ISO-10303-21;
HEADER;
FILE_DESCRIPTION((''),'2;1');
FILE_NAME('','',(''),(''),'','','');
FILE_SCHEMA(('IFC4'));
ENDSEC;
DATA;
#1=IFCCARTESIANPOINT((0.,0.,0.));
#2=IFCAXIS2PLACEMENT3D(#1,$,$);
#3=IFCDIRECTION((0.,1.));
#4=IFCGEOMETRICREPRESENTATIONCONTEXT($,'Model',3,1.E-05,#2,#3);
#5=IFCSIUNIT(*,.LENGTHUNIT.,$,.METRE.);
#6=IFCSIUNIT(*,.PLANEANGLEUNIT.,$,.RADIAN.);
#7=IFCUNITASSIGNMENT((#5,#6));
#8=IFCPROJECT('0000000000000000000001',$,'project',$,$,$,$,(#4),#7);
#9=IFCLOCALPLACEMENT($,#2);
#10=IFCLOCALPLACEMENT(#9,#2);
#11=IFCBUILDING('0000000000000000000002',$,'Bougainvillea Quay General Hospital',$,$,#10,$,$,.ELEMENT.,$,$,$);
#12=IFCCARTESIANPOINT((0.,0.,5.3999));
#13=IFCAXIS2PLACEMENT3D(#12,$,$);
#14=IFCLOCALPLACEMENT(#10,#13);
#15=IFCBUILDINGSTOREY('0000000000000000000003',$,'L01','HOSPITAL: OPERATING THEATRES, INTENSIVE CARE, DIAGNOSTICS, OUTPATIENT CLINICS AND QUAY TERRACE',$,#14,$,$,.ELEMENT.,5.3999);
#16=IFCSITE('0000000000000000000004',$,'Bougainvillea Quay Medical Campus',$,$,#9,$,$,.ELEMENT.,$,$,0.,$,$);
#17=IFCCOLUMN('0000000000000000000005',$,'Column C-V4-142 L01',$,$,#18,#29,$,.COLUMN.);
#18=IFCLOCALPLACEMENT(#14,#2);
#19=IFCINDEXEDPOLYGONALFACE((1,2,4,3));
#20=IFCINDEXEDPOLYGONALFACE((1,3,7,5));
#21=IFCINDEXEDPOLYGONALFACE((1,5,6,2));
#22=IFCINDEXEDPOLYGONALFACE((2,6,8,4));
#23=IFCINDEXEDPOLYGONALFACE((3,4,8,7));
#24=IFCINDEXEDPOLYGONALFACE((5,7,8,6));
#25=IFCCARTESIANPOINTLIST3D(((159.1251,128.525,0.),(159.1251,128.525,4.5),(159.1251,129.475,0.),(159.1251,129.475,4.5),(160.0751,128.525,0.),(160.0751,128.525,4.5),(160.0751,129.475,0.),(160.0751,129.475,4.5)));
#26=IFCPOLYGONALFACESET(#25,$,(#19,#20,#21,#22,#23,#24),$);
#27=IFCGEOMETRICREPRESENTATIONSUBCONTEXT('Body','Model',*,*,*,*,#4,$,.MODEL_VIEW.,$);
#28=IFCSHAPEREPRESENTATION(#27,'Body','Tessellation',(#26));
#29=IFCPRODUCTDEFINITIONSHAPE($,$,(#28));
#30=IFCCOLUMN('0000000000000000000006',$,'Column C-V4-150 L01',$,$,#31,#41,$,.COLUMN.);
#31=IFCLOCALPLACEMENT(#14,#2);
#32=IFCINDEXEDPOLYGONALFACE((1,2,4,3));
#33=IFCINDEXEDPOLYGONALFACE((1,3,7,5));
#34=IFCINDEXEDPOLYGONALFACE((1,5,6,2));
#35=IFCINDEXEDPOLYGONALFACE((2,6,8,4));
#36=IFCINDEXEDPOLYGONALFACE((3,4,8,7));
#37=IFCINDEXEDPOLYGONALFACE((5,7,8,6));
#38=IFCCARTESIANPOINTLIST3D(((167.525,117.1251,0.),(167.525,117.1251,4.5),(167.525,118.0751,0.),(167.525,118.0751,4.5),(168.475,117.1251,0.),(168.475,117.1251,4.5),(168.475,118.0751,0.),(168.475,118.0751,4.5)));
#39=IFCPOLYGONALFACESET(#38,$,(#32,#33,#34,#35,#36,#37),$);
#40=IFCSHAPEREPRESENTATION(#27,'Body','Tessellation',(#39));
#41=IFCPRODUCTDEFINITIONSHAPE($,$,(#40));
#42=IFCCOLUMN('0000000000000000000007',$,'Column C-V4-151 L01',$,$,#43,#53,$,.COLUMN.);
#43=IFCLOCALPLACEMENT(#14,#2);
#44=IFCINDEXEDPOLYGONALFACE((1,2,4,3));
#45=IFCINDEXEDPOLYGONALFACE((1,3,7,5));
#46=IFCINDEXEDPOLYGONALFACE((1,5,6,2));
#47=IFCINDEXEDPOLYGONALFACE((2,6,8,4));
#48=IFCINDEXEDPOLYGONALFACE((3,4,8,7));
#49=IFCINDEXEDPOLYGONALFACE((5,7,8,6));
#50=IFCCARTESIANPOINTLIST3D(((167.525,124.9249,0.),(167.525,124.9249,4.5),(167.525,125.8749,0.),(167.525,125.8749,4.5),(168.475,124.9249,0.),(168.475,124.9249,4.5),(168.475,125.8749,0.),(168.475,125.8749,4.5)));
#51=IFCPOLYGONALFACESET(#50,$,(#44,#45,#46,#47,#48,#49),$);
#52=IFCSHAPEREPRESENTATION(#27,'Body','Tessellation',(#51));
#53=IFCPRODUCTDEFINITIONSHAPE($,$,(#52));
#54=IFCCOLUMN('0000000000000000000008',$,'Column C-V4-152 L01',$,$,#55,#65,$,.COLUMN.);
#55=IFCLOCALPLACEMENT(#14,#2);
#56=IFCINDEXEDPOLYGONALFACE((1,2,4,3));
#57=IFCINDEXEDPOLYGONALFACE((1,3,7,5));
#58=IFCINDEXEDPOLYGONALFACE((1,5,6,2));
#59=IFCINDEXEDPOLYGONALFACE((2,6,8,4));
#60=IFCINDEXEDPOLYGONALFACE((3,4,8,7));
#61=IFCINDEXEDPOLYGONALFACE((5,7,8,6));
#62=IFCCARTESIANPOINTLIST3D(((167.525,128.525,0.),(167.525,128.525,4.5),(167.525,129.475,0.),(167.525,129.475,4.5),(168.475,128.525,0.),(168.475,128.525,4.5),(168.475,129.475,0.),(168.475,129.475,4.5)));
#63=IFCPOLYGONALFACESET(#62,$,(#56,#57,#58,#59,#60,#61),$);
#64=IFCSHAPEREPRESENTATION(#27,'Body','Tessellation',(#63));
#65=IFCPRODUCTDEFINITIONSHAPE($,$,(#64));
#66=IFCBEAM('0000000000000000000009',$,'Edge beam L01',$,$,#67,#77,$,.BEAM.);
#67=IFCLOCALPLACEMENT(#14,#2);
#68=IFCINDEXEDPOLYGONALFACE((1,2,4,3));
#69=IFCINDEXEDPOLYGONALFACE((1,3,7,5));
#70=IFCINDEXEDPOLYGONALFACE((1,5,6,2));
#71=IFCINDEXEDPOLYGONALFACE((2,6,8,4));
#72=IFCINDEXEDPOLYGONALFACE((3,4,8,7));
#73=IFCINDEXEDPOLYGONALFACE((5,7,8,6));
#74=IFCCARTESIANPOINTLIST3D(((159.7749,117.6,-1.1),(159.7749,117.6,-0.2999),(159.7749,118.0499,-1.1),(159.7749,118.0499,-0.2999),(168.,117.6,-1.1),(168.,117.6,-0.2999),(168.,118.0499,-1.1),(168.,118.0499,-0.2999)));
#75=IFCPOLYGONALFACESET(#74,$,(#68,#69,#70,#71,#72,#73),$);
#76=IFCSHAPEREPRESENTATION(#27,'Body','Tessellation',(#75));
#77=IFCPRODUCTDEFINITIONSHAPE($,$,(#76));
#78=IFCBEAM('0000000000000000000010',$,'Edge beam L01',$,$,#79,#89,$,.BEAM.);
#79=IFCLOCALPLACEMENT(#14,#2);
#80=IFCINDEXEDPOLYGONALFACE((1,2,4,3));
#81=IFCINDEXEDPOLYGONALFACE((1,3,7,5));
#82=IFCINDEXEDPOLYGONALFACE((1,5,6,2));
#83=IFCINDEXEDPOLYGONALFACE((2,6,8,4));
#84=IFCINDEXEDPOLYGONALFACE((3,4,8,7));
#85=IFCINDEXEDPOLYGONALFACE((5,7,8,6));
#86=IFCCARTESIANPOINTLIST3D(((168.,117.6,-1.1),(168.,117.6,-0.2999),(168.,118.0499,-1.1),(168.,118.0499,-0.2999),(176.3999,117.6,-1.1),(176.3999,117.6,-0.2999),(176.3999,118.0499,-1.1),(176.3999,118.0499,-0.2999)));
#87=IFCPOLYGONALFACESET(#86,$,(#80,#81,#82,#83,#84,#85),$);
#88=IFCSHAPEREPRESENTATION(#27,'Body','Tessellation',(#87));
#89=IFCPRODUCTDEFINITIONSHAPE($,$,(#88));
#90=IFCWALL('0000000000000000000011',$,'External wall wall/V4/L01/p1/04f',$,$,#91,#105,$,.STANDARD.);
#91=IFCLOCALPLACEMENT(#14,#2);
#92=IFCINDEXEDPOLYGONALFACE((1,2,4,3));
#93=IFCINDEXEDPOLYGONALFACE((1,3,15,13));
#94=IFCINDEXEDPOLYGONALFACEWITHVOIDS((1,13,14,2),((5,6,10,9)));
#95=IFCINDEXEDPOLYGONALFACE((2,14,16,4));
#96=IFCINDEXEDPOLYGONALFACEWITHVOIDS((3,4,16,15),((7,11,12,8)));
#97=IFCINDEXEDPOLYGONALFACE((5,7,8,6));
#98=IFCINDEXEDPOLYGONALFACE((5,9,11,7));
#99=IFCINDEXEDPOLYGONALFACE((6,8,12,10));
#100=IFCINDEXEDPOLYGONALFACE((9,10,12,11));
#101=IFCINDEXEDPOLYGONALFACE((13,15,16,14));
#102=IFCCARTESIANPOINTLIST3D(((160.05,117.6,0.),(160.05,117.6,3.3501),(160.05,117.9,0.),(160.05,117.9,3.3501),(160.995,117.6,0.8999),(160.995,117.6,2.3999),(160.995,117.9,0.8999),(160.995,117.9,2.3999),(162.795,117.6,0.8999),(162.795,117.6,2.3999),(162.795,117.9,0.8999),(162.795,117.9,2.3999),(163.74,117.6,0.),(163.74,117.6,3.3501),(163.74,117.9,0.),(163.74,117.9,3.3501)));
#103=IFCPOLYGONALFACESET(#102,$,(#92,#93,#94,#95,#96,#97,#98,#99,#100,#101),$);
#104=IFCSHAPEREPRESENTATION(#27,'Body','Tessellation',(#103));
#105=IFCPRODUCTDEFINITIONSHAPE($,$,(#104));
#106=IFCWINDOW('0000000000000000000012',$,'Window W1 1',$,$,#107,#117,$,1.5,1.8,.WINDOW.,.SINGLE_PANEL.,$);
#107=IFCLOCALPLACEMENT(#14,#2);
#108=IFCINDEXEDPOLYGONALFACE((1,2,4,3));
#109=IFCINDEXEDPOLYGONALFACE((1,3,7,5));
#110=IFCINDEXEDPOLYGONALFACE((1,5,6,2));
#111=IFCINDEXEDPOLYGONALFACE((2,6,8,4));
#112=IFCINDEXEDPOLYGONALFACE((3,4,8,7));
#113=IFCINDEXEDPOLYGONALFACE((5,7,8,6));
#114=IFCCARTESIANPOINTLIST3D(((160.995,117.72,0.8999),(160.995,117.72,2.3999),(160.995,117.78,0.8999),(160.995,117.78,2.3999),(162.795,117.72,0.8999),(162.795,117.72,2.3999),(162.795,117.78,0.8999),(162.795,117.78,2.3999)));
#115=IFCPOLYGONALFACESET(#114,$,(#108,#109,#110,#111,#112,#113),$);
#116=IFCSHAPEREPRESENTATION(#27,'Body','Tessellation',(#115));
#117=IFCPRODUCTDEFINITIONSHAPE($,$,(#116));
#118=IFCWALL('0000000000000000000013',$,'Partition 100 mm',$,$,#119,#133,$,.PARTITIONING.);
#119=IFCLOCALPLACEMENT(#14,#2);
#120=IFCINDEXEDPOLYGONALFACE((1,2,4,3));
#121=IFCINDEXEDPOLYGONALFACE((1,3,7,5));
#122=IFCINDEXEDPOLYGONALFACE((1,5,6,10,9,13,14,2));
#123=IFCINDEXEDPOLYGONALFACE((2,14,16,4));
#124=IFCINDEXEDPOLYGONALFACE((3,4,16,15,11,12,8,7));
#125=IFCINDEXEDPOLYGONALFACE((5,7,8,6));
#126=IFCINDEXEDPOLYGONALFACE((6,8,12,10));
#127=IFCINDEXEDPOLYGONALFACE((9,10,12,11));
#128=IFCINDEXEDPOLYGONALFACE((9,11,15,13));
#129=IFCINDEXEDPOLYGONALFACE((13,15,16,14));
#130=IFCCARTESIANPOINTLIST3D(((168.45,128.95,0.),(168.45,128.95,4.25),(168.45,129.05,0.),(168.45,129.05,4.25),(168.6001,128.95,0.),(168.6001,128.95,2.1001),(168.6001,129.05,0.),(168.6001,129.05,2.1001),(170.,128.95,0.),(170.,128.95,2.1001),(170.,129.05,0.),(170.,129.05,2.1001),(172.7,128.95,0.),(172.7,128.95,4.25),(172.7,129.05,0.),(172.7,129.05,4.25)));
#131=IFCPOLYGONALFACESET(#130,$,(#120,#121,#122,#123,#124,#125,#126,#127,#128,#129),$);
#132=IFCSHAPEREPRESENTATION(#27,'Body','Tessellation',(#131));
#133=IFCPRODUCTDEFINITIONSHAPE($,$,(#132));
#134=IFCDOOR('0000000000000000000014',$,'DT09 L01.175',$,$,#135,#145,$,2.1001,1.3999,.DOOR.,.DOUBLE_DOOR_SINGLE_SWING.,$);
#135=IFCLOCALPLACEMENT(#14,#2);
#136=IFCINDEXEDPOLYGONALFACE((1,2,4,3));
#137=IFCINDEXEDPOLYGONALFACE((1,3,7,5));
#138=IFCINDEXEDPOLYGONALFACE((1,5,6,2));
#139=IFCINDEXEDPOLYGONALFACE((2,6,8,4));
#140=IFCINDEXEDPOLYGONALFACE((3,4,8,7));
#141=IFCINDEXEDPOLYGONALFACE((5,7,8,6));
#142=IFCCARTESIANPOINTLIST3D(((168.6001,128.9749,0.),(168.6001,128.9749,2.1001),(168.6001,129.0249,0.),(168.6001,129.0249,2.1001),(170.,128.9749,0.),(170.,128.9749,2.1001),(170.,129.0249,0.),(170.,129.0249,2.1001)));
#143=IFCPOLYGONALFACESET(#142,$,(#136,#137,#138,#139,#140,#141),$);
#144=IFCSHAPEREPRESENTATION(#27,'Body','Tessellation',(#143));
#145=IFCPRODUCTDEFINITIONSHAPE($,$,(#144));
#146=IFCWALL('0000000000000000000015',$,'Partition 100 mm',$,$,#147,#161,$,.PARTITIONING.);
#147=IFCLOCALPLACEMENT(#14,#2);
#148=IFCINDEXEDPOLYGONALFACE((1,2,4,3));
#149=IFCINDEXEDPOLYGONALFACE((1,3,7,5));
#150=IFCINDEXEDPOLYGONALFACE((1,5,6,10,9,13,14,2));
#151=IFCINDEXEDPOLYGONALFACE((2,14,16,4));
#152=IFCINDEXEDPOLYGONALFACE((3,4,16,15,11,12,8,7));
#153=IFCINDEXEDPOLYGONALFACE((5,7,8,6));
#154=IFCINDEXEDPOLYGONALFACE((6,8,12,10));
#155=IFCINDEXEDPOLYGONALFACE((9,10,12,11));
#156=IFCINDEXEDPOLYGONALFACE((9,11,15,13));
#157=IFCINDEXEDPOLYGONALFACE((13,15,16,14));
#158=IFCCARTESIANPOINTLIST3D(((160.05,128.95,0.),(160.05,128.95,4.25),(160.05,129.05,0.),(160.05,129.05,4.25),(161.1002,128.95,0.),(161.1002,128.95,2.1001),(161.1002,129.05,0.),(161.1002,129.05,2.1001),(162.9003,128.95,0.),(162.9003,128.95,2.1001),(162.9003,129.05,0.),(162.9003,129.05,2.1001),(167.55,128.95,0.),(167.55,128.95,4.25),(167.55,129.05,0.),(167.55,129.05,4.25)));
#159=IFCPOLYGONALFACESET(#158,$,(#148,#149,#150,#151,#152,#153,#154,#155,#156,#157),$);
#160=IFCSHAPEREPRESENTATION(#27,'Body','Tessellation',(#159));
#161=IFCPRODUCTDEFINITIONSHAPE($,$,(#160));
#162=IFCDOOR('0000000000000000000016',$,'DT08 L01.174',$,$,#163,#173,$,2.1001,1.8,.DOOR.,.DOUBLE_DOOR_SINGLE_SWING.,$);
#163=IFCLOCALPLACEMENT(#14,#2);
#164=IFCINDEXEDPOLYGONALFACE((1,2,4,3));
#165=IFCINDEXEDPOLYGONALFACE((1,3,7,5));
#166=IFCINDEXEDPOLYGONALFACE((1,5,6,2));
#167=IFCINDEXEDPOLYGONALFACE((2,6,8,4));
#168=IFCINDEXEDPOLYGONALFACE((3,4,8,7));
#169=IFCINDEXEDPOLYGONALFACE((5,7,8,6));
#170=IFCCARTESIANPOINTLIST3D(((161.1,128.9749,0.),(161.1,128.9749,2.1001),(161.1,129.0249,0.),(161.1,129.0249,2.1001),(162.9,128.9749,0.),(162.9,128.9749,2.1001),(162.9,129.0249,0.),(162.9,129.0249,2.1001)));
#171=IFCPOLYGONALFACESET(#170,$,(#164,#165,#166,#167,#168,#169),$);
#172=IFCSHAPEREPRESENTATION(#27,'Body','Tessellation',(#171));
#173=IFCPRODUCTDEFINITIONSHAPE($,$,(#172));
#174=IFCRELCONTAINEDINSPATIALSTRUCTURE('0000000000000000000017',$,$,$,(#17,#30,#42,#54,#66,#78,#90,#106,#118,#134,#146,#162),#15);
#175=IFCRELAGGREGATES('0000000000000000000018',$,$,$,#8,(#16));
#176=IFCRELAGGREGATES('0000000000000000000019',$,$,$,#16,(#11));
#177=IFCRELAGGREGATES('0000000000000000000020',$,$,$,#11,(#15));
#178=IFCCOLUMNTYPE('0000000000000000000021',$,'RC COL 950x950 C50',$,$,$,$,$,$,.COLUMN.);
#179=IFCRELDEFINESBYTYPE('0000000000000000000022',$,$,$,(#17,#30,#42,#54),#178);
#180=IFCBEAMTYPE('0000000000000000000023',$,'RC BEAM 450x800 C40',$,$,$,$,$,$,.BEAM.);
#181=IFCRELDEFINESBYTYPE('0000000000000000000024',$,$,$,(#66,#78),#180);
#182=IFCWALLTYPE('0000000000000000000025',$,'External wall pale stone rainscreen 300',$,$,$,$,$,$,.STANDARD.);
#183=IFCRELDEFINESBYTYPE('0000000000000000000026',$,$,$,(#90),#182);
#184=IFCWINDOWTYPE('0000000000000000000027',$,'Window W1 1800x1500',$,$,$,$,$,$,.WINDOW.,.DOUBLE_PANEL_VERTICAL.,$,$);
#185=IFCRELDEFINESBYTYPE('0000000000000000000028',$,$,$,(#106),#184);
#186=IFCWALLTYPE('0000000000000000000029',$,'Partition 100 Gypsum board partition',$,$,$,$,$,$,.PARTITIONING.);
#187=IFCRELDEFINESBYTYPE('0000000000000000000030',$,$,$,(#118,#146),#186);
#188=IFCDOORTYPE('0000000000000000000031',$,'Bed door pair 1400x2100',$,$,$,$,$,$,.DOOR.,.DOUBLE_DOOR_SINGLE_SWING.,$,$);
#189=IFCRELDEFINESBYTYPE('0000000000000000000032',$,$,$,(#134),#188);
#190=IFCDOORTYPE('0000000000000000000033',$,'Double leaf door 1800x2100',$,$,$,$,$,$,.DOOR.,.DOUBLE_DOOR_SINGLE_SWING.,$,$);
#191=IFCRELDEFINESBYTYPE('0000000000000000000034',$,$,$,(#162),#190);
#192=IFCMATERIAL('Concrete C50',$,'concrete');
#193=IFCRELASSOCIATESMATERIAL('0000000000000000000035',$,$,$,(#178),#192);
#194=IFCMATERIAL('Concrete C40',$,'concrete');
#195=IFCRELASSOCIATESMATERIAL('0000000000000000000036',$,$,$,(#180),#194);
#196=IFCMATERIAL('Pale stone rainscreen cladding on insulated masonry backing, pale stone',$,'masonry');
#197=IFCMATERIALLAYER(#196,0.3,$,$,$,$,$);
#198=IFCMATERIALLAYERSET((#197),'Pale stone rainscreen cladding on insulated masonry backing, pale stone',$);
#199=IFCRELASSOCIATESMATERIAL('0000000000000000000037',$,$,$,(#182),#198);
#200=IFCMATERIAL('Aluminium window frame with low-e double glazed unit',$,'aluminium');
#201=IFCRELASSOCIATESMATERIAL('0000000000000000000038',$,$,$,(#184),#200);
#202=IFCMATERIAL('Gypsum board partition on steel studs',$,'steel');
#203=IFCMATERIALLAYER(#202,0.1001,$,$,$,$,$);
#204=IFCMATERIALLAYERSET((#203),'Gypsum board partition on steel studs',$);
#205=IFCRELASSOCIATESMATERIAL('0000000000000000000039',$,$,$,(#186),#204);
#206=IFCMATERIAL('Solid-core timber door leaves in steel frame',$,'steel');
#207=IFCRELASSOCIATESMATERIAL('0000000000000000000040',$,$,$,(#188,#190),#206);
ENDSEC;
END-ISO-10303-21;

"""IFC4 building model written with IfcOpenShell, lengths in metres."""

from ifc_helpers import new_model, si_unit, direction, frame, frame_2d, origin, origin_2d, place, context, subcontext, project, spatial, rectangle, extrude, material, layer, layer_set, material_profile, profile_set, type_object, element, fill, save


model = new_model("IFC4")

# Units and contexts
model_context = context("Model", 3, precision=1e-05, world=origin(), true_north=direction((0.0, 1.0)))
body_context = subcontext(model_context, "Body", "Model", "MODEL_VIEW")
ifc_project = project(units=[si_unit("LENGTHUNIT", "METRE"), si_unit("PLANEANGLEUNIT", "RADIAN")], contexts=[model_context])

# Site, building, storey
site_placement = place(None, origin())
site = spatial("IfcSite", under=ifc_project, at=site_placement, Name="Bougainvillea Quay Medical Campus", CompositionType="ELEMENT", RefElevation=0.0)
building_placement = place(site_placement, origin())
building = spatial("IfcBuilding", under=site, at=building_placement, Name="Bougainvillea Quay General Hospital", CompositionType="ELEMENT")
storey_placement = place(building_placement, frame((0.0, 0.0, 5.3999)))
storey = spatial("IfcBuildingStorey", under=building, at=storey_placement, Name="L01", Description="HOSPITAL: OPERATING THEATRES, INTENSIVE CARE, DIAGNOSTICS, OUTPATIENT CLINICS AND QUAY TERRACE", CompositionType="ELEMENT", Elevation=5.3999)

# Columns
ifc_material_1 = material(Name="Concrete C50", Category="concrete")
ifc_material_profile_1 = material_profile(ifc_material_1, rectangle(XDim=0.95, YDim=0.95, at=origin_2d()))
ifc_profile_set_1 = profile_set([ifc_material_profile_1], Name="Concrete C50")
column_type = type_object("IfcColumnType", Name="RC COL 950x950 C50", PredefinedType="COLUMN", material=ifc_profile_set_1)
for number, where, z_axis, x_axis, name in (
    (1, (159.6001, 129.0, 0.0), (0.0, 0.0, 1.0), (1.0, 0.0, 0.0), "Column C-V4-142 L01"),
    (2, (168.0, 117.6001, 0.0), (0.0, 0.0, 1.0), (1.0, 0.0, 0.0), "Column C-V4-150 L01"),
    (3, (168.0, 125.3999, 0.0), (0.0, 0.0, 1.0), (1.0, 0.0, 0.0), "Column C-V4-151 L01"),
    (4, (168.0, 129.0, 0.0), (0.0, 0.0, 1.0), (1.0, 0.0, 0.0), "Column C-V4-152 L01"),
):
    element("IfcColumn", number, at=place(storey_placement, frame(where, z_axis=z_axis, x_axis=x_axis)), inside=storey, type_object=column_type, Name=name, PredefinedType="COLUMN", context=body_context, shape_type="SweptSolid", body=[
        extrude(rectangle(XDim=0.95, YDim=0.95, at=origin_2d()), origin(), (0.0, 0.0, 1.0), 4.5),
    ])

# Beams
ifc_material_2 = material(Name="Concrete C40", Category="concrete")
ifc_material_profile_2 = material_profile(ifc_material_2, rectangle(XDim=0.45, YDim=0.8, at=origin_2d()))
ifc_profile_set_2 = profile_set([ifc_material_profile_2], Name="Concrete C40")
beam_type = type_object("IfcBeamType", Name="RC BEAM 450x800 C40", PredefinedType="BEAM", material=ifc_profile_set_2)
beam_1_placement = place(storey_placement, frame((159.7749, 117.825, -0.7), z_axis=(1.0, 0.0, 0.0), x_axis=(0.0, 1.0, 0.0)))
element("IfcBeam", 5, at=beam_1_placement, inside=storey, type_object=beam_type, Name="Edge beam L01", PredefinedType="BEAM", context=body_context, shape_type="SweptSolid", body=[
    extrude(rectangle(XDim=0.45, YDim=0.8, at=origin_2d()), origin(), (0.0, 0.0, 1.0), 8.2251),
])
beam_2_placement = place(storey_placement, frame((168.0, 117.825, -0.7), z_axis=(1.0, 0.0, 0.0), x_axis=(0.0, 1.0, 0.0)))
element("IfcBeam", 6, at=beam_2_placement, inside=storey, type_object=beam_type, Name="Edge beam L01", PredefinedType="BEAM", context=body_context, shape_type="SweptSolid", body=[
    extrude(rectangle(XDim=0.45, YDim=0.8, at=origin_2d()), origin(), (0.0, 0.0, 1.0), 8.3999),
])

# Wall, opening, window
ifc_material_3 = material(Name="Pale stone rainscreen cladding on insulated masonry backing, pale stone", Category="masonry")
ifc_layer_1 = layer(ifc_material_3, 0.3)
ifc_layer_set_1 = layer_set([ifc_layer_1], Name="Pale stone rainscreen cladding on insulated masonry backing, pale stone")
wall_type_1 = type_object("IfcWallType", Name="External wall pale stone rainscreen 300", PredefinedType="STANDARD", material=ifc_layer_set_1)
wall_1_placement = place(storey_placement, frame((160.05, 117.75, 0.0), z_axis=(0.0, 0.0, 1.0), x_axis=(1.0, 0.0, 0.0)))
wall_1 = element("IfcWall", 7, at=wall_1_placement, inside=storey, type_object=wall_type_1, Name="External wall wall/V4/L01/p1/04f", PredefinedType="STANDARD", context=body_context, shape_type="SweptSolid", body=[
    extrude(rectangle(XDim=3.6899, YDim=0.3, at=frame_2d((1.845, 0.0))), origin(), (0.0, 0.0, 1.0), 3.3501),
])
opening_1_placement = place(wall_1_placement, frame((0.9451, 0.0, 0.8999)))
opening_1 = element("IfcOpeningElement", 8, at=opening_1_placement, cuts=wall_1, PredefinedType="OPENING", context=body_context, shape_type="SweptSolid", body=[
    extrude(rectangle(XDim=1.8, YDim=1.5, at=frame_2d((0.8999, 0.75))), frame((0.0, 0.1599, 0.0), z_axis=(0.0, -1.0, 0.0), x_axis=(1.0, 0.0, 0.0)), (0.0, 0.0, 1.0), 0.3201),
])
ifc_material_4 = material(Name="Aluminium window frame with low-e double glazed unit", Category="aluminium")
window_type = type_object("IfcWindowType", Name="Window W1 1800x1500", PartitioningType="DOUBLE_PANEL_VERTICAL", PredefinedType="WINDOW", material=ifc_material_4)
window_placement = place(opening_1_placement, origin())
window = element("IfcWindow", 9, at=window_placement, inside=storey, type_object=window_type, Name="Window W1 1", OverallHeight=1.5, OverallWidth=1.8, PartitioningType="SINGLE_PANEL", PredefinedType="WINDOW", context=body_context, shape_type="SweptSolid", body=[
    extrude(rectangle(XDim=1.8, YDim=1.5, at=frame_2d((0.8999, 0.75))), frame((0.0, 0.03, 0.0), z_axis=(0.0, -1.0, 0.0), x_axis=(1.0, 0.0, 0.0)), (0.0, 0.0, 1.0), 0.0601),
])
fill(opening_1, window)

# Walls, openings, doors
ifc_material_5 = material(Name="Gypsum board partition on steel studs", Category="steel")
ifc_layer_2 = layer(ifc_material_5, 0.1001)
ifc_layer_set_2 = layer_set([ifc_layer_2], Name="Gypsum board partition on steel studs")
wall_type_2 = type_object("IfcWallType", Name="Partition 100 Gypsum board partition", PredefinedType="PARTITIONING", material=ifc_layer_set_2)
wall_2_placement = place(storey_placement, frame((172.7, 129.0, 0.0), z_axis=(0.0, 0.0, 1.0), x_axis=(-1.0, 0.0, 0.0)))
wall_2 = element("IfcWall", 10, at=wall_2_placement, inside=storey, type_object=wall_type_2, Name="Partition 100 mm", PredefinedType="PARTITIONING", context=body_context, shape_type="SweptSolid", body=[
    extrude(rectangle(XDim=4.25, YDim=0.1001, at=frame_2d((2.125, 0.0))), origin(), (0.0, 0.0, 1.0), 4.25),
])
opening_2_placement = place(wall_2_placement, frame((2.7, 0.0, 0.0)))
opening_2 = element("IfcOpeningElement", 11, at=opening_2_placement, cuts=wall_2, PredefinedType="OPENING", context=body_context, shape_type="SweptSolid", body=[
    extrude(rectangle(XDim=1.3999, YDim=2.1001, at=frame_2d((0.7, 1.05))), frame((0.0, 0.0601, 0.0), z_axis=(0.0, -1.0, 0.0), x_axis=(1.0, 0.0, 0.0)), (0.0, 0.0, 1.0), 0.1201),
])
ifc_material_6 = material(Name="Solid-core timber door leaves in steel frame", Category="steel")
door_type_1 = type_object("IfcDoorType", Name="Bed door pair 1400x2100", OperationType="DOUBLE_DOOR_SINGLE_SWING", PredefinedType="DOOR", material=ifc_material_6)
door_1_placement = place(opening_2_placement, frame((1.3999, 0.0, 0.0), z_axis=(0.0, 0.0, 1.0), x_axis=(-1.0, 0.0, 0.0)))
door_1 = element("IfcDoor", 12, at=door_1_placement, inside=storey, type_object=door_type_1, Name="DT09 L01.175", OperationType="DOUBLE_DOOR_SINGLE_SWING", OverallHeight=2.1001, OverallWidth=1.3999, PredefinedType="DOOR", context=body_context, shape_type="SweptSolid", body=[
    extrude(rectangle(XDim=1.3999, YDim=2.1001, at=frame_2d((0.7, 1.05))), frame((0.0, 0.0249, 0.0), z_axis=(0.0, -1.0, 0.0), x_axis=(1.0, 0.0, 0.0)), (0.0, 0.0, 1.0), 0.05),
])
fill(opening_2, door_1)
wall_3_placement = place(storey_placement, frame((167.55, 129.0, 0.0), z_axis=(0.0, 0.0, 1.0), x_axis=(-1.0, 0.0, 0.0)))
wall_3 = element("IfcWall", 13, at=wall_3_placement, inside=storey, type_object=wall_type_2, Name="Partition 100 mm", PredefinedType="PARTITIONING", context=body_context, shape_type="SweptSolid", body=[
    extrude(rectangle(XDim=7.5, YDim=0.1001, at=frame_2d((3.75, 0.0))), origin(), (0.0, 0.0, 1.0), 4.25),
])
opening_3_placement = place(wall_3_placement, frame((4.6499, 0.0, 0.0)))
opening_3 = element("IfcOpeningElement", 14, at=opening_3_placement, cuts=wall_3, PredefinedType="OPENING", context=body_context, shape_type="SweptSolid", body=[
    extrude(rectangle(XDim=1.8, YDim=2.1001, at=frame_2d((0.8999, 1.05))), frame((0.0, 0.0601, 0.0), z_axis=(0.0, -1.0, 0.0), x_axis=(1.0, 0.0, 0.0)), (0.0, 0.0, 1.0), 0.1201),
])
door_type_2 = type_object("IfcDoorType", Name="Double leaf door 1800x2100", OperationType="DOUBLE_DOOR_SINGLE_SWING", PredefinedType="DOOR", material=ifc_material_6)
door_2_placement = place(opening_3_placement, frame((1.8, 0.0, 0.0), z_axis=(0.0, 0.0, 1.0), x_axis=(-1.0, 0.0, 0.0)))
door_2 = element("IfcDoor", 15, at=door_2_placement, inside=storey, type_object=door_type_2, Name="DT08 L01.174", OperationType="DOUBLE_DOOR_SINGLE_SWING", OverallHeight=2.1001, OverallWidth=1.8, PredefinedType="DOOR", context=body_context, shape_type="SweptSolid", body=[
    extrude(rectangle(XDim=1.8, YDim=2.1001, at=frame_2d((0.8999, 1.05))), frame((0.0, 0.0249, 0.0), z_axis=(0.0, -1.0, 0.0), x_axis=(1.0, 0.0, 0.0)), (0.0, 0.0, 1.0), 0.05),
])
fill(opening_3, door_2)

save(model, "model.ifc")
